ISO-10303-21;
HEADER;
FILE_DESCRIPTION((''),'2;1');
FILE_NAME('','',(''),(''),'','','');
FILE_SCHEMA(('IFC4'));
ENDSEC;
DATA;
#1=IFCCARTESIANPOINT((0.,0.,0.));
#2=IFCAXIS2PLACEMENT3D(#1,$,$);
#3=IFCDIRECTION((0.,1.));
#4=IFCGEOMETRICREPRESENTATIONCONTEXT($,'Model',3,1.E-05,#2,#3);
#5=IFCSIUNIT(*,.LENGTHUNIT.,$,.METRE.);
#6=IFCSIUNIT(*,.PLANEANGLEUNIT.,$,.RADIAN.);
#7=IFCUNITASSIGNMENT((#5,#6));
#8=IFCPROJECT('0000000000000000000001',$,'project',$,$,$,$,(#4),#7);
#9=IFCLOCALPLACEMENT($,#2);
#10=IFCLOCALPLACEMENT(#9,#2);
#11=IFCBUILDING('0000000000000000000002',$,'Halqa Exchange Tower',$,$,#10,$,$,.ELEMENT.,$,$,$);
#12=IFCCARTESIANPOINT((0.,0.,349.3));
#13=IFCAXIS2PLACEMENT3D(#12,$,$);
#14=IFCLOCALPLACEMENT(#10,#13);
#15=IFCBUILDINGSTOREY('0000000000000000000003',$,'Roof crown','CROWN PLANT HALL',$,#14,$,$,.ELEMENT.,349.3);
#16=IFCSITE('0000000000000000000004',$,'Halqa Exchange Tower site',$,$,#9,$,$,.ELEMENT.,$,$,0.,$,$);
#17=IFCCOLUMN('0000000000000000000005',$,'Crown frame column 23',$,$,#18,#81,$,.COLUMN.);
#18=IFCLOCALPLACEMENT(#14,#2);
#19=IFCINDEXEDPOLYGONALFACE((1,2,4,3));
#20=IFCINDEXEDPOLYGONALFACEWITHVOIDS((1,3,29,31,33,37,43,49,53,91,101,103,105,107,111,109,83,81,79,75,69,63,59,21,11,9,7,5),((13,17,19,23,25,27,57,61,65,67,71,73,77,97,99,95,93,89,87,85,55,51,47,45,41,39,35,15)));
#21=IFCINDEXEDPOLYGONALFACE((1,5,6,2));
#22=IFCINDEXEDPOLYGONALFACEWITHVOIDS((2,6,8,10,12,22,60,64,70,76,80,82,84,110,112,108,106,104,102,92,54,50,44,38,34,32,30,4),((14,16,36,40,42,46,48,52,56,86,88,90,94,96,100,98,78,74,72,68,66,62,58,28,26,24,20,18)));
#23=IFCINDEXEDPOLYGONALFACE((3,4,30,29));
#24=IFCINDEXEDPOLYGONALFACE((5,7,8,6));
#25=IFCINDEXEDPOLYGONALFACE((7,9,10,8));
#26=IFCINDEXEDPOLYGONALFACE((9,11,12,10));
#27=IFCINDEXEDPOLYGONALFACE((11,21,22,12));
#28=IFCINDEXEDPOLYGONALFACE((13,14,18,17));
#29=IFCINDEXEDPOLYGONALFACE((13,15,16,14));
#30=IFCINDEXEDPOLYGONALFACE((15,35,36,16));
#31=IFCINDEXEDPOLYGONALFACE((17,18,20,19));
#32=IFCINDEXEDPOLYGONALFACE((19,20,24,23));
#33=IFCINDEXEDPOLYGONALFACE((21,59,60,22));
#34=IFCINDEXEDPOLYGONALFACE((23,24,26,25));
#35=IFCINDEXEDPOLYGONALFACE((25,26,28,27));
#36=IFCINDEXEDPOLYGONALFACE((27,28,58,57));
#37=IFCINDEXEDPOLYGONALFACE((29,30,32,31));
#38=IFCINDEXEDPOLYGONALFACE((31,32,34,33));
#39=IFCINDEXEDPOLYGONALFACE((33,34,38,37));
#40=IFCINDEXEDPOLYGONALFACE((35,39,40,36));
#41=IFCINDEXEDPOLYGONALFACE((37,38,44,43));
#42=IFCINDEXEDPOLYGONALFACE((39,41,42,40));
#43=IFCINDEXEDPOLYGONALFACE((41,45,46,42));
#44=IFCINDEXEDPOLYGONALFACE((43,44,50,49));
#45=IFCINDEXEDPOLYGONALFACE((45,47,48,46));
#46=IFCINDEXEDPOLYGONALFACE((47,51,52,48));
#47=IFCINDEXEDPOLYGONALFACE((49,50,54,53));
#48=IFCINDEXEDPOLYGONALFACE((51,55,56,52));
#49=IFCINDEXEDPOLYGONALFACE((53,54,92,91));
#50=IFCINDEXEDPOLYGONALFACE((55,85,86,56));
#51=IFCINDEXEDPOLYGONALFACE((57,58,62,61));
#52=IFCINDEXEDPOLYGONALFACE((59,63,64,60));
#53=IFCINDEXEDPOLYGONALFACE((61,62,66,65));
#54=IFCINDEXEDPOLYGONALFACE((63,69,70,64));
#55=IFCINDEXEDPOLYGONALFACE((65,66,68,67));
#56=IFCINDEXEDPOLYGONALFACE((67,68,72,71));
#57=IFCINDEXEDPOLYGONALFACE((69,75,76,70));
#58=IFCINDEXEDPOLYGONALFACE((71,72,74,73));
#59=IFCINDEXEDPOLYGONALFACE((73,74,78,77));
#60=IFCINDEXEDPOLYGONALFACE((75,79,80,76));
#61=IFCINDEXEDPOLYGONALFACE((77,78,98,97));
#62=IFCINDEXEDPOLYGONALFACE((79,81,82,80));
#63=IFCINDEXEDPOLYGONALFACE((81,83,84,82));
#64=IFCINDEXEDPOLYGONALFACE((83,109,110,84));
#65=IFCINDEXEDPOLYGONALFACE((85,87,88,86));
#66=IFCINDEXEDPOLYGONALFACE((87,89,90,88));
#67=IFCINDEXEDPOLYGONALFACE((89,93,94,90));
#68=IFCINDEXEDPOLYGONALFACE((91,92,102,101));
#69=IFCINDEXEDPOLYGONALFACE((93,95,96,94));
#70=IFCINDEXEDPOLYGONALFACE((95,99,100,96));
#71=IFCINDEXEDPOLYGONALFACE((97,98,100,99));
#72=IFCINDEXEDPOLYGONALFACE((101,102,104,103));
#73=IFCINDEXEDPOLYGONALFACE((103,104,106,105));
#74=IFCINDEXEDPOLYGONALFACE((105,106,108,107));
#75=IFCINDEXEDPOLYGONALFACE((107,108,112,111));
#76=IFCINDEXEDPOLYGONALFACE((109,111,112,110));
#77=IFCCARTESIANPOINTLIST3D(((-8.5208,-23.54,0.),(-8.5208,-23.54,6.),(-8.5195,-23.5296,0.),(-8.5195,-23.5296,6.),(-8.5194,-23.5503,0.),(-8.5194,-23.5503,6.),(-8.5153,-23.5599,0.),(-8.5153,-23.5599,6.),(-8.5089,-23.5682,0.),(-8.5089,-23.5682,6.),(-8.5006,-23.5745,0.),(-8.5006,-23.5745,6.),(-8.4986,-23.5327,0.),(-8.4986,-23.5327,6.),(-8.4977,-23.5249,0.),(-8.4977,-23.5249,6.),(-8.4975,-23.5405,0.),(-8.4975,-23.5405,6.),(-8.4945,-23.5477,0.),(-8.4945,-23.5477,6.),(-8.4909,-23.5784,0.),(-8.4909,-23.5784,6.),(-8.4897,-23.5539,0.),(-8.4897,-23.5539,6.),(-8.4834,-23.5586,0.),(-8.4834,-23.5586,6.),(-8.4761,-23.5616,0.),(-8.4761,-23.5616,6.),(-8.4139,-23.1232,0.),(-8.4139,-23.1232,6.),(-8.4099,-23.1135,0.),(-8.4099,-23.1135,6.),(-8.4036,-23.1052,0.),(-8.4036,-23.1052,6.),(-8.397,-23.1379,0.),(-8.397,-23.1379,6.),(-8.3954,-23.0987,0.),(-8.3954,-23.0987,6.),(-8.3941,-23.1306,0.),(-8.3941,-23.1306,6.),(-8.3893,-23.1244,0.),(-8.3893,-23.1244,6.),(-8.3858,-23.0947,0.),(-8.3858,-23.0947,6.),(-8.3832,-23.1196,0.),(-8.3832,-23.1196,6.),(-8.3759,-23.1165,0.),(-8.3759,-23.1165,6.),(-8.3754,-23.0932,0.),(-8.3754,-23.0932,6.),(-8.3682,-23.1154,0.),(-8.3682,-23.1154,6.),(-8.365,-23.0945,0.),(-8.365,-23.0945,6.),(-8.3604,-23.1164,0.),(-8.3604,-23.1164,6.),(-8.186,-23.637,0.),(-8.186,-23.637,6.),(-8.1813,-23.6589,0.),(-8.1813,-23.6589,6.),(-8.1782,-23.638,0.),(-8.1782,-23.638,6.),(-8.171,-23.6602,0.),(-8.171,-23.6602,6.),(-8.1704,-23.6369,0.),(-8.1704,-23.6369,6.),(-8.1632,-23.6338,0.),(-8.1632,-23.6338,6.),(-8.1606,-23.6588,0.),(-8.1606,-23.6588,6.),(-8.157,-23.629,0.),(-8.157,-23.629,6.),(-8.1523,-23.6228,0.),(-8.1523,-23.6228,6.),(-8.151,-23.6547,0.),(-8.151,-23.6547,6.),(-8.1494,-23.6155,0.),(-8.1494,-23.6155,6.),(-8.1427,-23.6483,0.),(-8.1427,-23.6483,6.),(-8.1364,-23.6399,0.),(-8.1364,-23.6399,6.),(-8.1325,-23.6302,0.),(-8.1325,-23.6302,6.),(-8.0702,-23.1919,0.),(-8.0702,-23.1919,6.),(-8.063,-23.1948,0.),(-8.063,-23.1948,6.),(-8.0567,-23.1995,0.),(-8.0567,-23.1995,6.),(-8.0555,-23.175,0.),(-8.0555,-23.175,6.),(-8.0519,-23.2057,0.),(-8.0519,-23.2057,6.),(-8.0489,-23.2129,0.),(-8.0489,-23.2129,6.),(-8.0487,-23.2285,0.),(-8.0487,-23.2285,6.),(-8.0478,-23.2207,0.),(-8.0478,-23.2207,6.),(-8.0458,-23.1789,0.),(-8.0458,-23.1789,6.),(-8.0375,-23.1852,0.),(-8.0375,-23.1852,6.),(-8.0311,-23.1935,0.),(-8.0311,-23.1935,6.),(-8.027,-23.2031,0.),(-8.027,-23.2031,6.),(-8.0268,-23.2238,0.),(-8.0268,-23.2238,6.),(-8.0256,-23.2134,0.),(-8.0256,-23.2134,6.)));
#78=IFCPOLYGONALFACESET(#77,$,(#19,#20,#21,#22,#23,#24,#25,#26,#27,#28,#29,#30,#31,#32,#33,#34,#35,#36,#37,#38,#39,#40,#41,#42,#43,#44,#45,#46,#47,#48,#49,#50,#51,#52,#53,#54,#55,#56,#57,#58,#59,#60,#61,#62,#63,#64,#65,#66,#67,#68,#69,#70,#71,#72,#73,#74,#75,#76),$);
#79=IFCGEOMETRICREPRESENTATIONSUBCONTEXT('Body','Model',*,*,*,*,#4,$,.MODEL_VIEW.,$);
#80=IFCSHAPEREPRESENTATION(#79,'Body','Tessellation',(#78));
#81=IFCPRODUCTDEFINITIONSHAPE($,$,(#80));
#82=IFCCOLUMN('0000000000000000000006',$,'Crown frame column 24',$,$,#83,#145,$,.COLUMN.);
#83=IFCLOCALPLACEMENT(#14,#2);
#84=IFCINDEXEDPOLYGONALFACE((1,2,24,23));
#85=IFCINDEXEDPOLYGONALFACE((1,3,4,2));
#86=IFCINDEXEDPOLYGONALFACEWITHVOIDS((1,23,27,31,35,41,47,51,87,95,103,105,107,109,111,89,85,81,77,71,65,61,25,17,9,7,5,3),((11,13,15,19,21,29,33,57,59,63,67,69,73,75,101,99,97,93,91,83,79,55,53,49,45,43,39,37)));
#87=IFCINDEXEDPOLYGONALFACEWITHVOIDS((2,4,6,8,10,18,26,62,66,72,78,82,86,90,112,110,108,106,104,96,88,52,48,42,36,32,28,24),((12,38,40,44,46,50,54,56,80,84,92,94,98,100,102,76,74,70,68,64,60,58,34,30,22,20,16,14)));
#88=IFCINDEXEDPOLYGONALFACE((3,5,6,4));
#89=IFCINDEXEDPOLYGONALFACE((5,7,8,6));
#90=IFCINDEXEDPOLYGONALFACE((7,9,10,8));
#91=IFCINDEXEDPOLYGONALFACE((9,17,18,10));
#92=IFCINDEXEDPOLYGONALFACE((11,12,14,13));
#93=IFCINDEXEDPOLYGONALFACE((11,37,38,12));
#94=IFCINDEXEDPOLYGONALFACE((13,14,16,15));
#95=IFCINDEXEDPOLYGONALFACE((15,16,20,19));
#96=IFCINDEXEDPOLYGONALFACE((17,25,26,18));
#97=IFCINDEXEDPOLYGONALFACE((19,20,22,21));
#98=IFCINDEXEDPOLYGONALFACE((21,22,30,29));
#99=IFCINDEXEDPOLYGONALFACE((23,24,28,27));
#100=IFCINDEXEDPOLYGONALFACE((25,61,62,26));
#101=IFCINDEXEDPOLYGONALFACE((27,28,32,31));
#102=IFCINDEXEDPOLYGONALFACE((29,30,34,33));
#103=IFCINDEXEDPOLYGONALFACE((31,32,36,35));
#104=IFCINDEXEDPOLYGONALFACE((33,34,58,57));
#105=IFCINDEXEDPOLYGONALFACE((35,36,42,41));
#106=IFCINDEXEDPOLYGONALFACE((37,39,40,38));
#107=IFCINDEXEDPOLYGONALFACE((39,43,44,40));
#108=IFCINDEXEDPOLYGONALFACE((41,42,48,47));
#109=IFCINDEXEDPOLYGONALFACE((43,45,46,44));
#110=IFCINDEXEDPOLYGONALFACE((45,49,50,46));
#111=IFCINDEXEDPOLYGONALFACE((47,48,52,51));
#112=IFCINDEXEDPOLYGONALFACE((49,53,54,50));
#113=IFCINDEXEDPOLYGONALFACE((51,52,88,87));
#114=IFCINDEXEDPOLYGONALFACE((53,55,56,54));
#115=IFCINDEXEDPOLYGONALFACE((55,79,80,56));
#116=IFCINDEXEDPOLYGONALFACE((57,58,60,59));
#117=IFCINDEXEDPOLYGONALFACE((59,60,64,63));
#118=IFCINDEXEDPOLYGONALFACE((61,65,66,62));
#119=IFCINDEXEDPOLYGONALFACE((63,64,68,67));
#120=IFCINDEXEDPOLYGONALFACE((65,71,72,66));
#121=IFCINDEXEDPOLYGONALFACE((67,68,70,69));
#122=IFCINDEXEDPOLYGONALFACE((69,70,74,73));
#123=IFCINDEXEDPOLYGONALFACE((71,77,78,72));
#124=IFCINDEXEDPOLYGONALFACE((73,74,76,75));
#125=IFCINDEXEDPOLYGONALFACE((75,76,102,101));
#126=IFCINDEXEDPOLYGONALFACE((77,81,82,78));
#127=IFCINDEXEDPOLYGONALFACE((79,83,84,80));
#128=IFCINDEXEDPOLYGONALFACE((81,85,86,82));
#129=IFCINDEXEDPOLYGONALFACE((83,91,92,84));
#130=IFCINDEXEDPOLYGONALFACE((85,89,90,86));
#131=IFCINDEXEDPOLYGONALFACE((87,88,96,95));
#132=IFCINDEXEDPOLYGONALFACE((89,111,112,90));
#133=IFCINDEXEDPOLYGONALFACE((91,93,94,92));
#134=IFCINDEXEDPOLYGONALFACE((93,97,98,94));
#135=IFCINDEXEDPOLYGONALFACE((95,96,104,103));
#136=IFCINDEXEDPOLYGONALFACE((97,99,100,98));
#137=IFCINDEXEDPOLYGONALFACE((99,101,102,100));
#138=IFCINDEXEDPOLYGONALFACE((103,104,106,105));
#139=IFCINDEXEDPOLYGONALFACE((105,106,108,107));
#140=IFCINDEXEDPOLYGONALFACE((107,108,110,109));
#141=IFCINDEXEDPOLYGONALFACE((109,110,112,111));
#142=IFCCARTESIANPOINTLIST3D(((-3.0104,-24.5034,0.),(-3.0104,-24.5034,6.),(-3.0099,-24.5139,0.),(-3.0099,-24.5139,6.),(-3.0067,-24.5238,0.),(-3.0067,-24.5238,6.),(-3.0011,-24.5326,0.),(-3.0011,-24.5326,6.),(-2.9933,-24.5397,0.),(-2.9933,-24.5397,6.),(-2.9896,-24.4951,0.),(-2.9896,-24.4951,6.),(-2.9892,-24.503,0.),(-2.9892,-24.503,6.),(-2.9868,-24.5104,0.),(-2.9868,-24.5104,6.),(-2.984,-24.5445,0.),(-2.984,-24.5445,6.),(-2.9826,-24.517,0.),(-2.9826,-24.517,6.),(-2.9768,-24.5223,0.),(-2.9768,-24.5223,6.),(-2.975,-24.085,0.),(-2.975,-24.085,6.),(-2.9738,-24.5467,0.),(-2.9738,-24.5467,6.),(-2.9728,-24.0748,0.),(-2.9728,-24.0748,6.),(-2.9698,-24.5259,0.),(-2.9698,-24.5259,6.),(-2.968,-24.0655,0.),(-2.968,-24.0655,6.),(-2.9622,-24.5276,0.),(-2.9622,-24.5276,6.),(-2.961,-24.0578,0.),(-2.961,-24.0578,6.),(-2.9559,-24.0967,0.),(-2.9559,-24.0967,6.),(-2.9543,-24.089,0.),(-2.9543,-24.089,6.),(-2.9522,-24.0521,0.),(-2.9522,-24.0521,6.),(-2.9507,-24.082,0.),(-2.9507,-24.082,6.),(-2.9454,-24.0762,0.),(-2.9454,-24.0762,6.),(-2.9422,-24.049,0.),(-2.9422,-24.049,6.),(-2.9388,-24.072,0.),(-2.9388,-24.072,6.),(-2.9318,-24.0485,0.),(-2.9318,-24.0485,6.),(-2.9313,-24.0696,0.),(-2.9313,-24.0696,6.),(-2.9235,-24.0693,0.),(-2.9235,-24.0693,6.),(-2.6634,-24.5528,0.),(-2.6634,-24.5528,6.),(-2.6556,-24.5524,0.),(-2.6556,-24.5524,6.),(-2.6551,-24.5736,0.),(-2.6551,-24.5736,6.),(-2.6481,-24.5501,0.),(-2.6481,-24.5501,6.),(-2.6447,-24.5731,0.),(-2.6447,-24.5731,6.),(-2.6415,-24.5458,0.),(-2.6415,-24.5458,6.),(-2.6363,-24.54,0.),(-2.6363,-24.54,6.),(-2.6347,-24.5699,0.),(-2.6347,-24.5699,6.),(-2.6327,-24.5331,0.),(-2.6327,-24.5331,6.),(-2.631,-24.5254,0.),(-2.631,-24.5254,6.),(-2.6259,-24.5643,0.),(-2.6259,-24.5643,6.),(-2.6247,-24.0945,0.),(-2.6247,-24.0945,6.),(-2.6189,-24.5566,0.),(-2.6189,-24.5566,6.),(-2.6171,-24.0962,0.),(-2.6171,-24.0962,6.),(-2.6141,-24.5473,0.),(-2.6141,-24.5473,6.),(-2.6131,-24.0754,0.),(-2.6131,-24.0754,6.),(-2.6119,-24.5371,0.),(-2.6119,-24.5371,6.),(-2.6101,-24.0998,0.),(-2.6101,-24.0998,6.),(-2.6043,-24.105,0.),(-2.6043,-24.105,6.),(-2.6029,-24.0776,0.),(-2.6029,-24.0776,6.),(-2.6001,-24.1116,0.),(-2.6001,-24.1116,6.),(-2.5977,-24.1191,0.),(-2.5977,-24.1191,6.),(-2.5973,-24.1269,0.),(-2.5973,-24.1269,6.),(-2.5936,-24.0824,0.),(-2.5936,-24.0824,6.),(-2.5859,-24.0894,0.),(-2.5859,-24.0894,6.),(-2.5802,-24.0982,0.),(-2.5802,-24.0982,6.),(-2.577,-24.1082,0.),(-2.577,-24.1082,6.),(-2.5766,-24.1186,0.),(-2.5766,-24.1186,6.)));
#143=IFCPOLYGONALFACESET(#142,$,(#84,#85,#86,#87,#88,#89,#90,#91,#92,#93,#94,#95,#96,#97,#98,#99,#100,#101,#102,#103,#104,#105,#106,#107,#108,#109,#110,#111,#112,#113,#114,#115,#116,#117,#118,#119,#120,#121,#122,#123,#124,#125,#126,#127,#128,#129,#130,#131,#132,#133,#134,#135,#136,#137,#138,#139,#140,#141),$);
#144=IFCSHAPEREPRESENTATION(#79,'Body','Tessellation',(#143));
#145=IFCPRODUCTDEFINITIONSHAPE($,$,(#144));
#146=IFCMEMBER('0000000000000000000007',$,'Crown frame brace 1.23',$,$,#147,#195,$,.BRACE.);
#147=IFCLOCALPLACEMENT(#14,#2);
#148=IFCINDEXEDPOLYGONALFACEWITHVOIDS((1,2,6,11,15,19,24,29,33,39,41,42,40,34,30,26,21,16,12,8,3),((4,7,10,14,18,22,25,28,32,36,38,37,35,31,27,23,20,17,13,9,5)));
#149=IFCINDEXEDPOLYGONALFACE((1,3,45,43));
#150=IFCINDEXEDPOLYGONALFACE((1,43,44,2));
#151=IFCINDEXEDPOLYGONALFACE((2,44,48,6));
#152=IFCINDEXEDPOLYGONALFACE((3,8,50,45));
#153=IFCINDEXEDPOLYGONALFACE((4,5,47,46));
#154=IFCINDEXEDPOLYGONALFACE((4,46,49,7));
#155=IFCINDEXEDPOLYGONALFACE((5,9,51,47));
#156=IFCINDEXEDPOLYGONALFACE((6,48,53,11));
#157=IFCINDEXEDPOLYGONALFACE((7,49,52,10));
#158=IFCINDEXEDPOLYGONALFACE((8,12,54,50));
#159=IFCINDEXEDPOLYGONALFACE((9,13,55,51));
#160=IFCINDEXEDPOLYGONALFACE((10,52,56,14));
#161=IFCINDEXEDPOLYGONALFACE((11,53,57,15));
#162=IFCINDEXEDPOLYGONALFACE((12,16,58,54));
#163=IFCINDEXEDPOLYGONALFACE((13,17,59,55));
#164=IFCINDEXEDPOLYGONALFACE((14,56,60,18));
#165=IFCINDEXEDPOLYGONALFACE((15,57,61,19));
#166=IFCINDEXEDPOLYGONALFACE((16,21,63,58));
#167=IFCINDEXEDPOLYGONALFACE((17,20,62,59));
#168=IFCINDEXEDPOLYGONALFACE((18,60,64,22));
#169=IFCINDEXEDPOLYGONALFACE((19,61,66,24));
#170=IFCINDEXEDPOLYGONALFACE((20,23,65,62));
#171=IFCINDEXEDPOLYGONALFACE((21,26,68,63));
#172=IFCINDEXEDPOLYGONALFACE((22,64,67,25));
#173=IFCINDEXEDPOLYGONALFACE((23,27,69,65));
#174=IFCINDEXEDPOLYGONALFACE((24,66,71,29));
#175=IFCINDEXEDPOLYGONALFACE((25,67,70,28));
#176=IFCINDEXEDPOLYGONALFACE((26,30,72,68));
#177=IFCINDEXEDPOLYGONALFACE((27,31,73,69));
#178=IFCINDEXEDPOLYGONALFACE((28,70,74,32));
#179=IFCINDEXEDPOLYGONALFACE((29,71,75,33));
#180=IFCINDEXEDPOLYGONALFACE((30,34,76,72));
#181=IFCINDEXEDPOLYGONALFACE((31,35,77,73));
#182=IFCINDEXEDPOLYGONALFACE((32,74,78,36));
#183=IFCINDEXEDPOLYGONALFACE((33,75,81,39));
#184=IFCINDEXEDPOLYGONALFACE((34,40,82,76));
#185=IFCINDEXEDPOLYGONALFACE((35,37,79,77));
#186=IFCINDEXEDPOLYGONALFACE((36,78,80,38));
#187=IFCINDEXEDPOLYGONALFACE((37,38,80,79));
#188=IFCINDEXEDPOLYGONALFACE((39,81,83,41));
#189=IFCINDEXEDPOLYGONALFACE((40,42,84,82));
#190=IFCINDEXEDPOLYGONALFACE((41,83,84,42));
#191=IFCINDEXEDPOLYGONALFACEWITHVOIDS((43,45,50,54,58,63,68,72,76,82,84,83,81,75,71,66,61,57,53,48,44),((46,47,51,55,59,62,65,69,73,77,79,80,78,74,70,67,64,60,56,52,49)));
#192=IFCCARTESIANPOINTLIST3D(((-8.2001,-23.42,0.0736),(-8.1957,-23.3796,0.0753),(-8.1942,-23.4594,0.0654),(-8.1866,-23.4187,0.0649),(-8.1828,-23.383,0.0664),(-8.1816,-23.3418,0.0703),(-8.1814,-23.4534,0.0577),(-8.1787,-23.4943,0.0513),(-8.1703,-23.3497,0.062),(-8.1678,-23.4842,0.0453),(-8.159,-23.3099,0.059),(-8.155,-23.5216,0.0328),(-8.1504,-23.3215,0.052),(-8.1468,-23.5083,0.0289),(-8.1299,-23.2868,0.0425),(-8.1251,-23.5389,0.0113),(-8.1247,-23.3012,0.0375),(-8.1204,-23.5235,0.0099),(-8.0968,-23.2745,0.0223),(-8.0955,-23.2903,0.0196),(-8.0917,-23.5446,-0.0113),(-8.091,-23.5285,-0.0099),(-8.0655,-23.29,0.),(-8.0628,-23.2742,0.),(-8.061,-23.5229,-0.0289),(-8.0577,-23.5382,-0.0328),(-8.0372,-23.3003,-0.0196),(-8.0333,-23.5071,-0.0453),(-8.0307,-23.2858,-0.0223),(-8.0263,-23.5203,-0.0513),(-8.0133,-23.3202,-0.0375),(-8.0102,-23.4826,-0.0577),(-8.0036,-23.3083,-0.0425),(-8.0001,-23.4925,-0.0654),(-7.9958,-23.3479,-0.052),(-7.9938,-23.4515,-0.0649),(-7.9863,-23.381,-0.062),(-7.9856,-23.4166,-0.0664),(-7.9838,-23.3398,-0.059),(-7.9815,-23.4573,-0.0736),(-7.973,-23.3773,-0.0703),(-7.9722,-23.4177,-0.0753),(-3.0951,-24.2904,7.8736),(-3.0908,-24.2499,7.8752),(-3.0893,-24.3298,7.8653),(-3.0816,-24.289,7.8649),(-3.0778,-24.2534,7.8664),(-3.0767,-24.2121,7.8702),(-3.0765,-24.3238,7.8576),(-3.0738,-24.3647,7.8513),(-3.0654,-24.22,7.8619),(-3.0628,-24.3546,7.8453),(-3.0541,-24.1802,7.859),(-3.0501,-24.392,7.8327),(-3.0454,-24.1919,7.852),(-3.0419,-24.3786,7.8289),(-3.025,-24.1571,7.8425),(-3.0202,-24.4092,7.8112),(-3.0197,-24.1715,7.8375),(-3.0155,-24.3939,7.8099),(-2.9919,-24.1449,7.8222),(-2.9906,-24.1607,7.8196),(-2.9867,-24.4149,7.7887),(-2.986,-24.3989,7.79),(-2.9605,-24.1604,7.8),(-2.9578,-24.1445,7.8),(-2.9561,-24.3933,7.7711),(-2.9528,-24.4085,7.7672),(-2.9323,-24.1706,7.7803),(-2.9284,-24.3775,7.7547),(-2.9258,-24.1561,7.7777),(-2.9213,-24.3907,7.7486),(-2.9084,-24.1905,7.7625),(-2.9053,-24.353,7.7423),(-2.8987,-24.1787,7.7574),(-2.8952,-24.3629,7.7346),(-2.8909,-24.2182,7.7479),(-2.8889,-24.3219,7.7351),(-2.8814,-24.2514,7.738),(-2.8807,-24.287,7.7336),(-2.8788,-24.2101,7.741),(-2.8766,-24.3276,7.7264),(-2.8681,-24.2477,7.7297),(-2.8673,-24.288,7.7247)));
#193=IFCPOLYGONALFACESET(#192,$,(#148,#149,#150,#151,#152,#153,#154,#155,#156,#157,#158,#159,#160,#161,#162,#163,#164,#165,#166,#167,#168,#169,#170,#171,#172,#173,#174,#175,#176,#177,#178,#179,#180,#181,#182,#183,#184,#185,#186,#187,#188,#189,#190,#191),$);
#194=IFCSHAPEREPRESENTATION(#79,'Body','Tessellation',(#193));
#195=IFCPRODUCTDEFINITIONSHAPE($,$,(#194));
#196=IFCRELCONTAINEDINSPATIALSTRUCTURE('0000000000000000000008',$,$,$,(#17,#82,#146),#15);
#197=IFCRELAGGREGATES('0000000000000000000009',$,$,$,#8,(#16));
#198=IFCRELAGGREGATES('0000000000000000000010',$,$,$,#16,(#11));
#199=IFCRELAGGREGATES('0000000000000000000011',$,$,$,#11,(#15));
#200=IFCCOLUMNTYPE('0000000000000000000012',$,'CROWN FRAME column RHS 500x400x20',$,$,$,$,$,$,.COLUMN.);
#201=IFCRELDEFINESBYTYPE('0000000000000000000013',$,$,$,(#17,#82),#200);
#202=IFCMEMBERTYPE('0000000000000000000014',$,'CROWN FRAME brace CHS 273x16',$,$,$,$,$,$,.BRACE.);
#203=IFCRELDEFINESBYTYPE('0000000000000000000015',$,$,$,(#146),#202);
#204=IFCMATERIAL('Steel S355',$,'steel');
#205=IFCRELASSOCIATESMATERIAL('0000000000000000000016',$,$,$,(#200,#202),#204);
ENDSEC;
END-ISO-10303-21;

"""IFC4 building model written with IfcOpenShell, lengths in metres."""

from ifc_helpers import new_model, si_unit, direction, frame, origin, origin_2d, place, context, subcontext, project, spatial, hollow_rectangle, hollow_circle, extrude, material, material_profile, profile_set, type_object, element, save


model = new_model("IFC4")

# Units and contexts
model_context = context("Model", 3, precision=1e-05, world=origin(), true_north=direction((0.0, 1.0)))
body_context = subcontext(model_context, "Body", "Model", "MODEL_VIEW")
ifc_project = project(units=[si_unit("LENGTHUNIT", "METRE"), si_unit("PLANEANGLEUNIT", "RADIAN")], contexts=[model_context])

# Site, building, storey
site_placement = place(None, origin())
site = spatial("IfcSite", under=ifc_project, at=site_placement, Name="Halqa Exchange Tower site", CompositionType="ELEMENT", RefElevation=0.0)
building_placement = place(site_placement, origin())
building = spatial("IfcBuilding", under=site, at=building_placement, Name="Halqa Exchange Tower", CompositionType="ELEMENT")
storey_placement = place(building_placement, frame((0.0, 0.0, 349.3)))
storey = spatial("IfcBuildingStorey", under=building, at=storey_placement, Name="Roof crown", Description="CROWN PLANT HALL", CompositionType="ELEMENT", Elevation=349.3)

# Columns
ifc_material_1 = material(Name="Steel S355", Category="steel")
ifc_material_profile_1 = material_profile(ifc_material_1, hollow_rectangle(XDim=0.3999, YDim=0.5, WallThickness=0.02, InnerFilletRadius=0.03, OuterFilletRadius=0.04, at=origin_2d()), Name="RHS 500x400x20")
ifc_profile_set_1 = profile_set([ifc_material_profile_1], Name="Steel S355")
column_type = type_object("IfcColumnType", Name="CROWN FRAME column RHS 500x400x20", PredefinedType="COLUMN", material=ifc_profile_set_1)
for number, where, z_axis, x_axis, name in (
    (1, (-8.2732, -23.3767, 0.0), (0.0, 0.0, 1.0), (0.967819, -0.251647, 0.0), "Crown frame column 23"),
    (2, (-2.7935, -24.311, 0.0), (0.0, 0.0, 1.0), (0.996455, -0.084127, 0.0), "Crown frame column 24"),
):
    element("IfcColumn", number, at=place(storey_placement, frame(where, z_axis=z_axis, x_axis=x_axis)), inside=storey, type_object=column_type, Name=name, PredefinedType="COLUMN", context=body_context, shape_type="SweptSolid", body=[
        extrude(hollow_rectangle(XDim=0.3999, YDim=0.5, WallThickness=0.02, InnerFilletRadius=0.03, OuterFilletRadius=0.04, at=origin_2d()), origin(), (0.0, 0.0, 1.0), 6.0),
    ])

# Member
ifc_material_profile_2 = material_profile(ifc_material_1, hollow_circle(Radius=0.1365, WallThickness=0.0161, at=origin_2d()), Name="CHS 273x16")
ifc_profile_set_2 = profile_set([ifc_material_profile_2], Name="Steel S355")
member_type = type_object("IfcMemberType", Name="CROWN FRAME brace CHS 273x16", PredefinedType="BRACE", material=ifc_profile_set_2)
member_1_placement = place(storey_placement, frame((-8.0857, -23.4087, 0.0), z_axis=(0.54525, -0.092961, 0.833103), x_axis=(0.168067, 0.985776, 0.0)))
element("IfcMember", 3, at=member_1_placement, inside=storey, type_object=member_type, Name="Crown frame brace 1.23", PredefinedType="BRACE", context=body_context, shape_type="SweptSolid", body=[
    extrude(hollow_circle(Radius=0.1365, WallThickness=0.0161, at=origin_2d()), origin(), (0.0, 0.0, 1.0), 9.3625),
])

save(model, "model.ifc")
